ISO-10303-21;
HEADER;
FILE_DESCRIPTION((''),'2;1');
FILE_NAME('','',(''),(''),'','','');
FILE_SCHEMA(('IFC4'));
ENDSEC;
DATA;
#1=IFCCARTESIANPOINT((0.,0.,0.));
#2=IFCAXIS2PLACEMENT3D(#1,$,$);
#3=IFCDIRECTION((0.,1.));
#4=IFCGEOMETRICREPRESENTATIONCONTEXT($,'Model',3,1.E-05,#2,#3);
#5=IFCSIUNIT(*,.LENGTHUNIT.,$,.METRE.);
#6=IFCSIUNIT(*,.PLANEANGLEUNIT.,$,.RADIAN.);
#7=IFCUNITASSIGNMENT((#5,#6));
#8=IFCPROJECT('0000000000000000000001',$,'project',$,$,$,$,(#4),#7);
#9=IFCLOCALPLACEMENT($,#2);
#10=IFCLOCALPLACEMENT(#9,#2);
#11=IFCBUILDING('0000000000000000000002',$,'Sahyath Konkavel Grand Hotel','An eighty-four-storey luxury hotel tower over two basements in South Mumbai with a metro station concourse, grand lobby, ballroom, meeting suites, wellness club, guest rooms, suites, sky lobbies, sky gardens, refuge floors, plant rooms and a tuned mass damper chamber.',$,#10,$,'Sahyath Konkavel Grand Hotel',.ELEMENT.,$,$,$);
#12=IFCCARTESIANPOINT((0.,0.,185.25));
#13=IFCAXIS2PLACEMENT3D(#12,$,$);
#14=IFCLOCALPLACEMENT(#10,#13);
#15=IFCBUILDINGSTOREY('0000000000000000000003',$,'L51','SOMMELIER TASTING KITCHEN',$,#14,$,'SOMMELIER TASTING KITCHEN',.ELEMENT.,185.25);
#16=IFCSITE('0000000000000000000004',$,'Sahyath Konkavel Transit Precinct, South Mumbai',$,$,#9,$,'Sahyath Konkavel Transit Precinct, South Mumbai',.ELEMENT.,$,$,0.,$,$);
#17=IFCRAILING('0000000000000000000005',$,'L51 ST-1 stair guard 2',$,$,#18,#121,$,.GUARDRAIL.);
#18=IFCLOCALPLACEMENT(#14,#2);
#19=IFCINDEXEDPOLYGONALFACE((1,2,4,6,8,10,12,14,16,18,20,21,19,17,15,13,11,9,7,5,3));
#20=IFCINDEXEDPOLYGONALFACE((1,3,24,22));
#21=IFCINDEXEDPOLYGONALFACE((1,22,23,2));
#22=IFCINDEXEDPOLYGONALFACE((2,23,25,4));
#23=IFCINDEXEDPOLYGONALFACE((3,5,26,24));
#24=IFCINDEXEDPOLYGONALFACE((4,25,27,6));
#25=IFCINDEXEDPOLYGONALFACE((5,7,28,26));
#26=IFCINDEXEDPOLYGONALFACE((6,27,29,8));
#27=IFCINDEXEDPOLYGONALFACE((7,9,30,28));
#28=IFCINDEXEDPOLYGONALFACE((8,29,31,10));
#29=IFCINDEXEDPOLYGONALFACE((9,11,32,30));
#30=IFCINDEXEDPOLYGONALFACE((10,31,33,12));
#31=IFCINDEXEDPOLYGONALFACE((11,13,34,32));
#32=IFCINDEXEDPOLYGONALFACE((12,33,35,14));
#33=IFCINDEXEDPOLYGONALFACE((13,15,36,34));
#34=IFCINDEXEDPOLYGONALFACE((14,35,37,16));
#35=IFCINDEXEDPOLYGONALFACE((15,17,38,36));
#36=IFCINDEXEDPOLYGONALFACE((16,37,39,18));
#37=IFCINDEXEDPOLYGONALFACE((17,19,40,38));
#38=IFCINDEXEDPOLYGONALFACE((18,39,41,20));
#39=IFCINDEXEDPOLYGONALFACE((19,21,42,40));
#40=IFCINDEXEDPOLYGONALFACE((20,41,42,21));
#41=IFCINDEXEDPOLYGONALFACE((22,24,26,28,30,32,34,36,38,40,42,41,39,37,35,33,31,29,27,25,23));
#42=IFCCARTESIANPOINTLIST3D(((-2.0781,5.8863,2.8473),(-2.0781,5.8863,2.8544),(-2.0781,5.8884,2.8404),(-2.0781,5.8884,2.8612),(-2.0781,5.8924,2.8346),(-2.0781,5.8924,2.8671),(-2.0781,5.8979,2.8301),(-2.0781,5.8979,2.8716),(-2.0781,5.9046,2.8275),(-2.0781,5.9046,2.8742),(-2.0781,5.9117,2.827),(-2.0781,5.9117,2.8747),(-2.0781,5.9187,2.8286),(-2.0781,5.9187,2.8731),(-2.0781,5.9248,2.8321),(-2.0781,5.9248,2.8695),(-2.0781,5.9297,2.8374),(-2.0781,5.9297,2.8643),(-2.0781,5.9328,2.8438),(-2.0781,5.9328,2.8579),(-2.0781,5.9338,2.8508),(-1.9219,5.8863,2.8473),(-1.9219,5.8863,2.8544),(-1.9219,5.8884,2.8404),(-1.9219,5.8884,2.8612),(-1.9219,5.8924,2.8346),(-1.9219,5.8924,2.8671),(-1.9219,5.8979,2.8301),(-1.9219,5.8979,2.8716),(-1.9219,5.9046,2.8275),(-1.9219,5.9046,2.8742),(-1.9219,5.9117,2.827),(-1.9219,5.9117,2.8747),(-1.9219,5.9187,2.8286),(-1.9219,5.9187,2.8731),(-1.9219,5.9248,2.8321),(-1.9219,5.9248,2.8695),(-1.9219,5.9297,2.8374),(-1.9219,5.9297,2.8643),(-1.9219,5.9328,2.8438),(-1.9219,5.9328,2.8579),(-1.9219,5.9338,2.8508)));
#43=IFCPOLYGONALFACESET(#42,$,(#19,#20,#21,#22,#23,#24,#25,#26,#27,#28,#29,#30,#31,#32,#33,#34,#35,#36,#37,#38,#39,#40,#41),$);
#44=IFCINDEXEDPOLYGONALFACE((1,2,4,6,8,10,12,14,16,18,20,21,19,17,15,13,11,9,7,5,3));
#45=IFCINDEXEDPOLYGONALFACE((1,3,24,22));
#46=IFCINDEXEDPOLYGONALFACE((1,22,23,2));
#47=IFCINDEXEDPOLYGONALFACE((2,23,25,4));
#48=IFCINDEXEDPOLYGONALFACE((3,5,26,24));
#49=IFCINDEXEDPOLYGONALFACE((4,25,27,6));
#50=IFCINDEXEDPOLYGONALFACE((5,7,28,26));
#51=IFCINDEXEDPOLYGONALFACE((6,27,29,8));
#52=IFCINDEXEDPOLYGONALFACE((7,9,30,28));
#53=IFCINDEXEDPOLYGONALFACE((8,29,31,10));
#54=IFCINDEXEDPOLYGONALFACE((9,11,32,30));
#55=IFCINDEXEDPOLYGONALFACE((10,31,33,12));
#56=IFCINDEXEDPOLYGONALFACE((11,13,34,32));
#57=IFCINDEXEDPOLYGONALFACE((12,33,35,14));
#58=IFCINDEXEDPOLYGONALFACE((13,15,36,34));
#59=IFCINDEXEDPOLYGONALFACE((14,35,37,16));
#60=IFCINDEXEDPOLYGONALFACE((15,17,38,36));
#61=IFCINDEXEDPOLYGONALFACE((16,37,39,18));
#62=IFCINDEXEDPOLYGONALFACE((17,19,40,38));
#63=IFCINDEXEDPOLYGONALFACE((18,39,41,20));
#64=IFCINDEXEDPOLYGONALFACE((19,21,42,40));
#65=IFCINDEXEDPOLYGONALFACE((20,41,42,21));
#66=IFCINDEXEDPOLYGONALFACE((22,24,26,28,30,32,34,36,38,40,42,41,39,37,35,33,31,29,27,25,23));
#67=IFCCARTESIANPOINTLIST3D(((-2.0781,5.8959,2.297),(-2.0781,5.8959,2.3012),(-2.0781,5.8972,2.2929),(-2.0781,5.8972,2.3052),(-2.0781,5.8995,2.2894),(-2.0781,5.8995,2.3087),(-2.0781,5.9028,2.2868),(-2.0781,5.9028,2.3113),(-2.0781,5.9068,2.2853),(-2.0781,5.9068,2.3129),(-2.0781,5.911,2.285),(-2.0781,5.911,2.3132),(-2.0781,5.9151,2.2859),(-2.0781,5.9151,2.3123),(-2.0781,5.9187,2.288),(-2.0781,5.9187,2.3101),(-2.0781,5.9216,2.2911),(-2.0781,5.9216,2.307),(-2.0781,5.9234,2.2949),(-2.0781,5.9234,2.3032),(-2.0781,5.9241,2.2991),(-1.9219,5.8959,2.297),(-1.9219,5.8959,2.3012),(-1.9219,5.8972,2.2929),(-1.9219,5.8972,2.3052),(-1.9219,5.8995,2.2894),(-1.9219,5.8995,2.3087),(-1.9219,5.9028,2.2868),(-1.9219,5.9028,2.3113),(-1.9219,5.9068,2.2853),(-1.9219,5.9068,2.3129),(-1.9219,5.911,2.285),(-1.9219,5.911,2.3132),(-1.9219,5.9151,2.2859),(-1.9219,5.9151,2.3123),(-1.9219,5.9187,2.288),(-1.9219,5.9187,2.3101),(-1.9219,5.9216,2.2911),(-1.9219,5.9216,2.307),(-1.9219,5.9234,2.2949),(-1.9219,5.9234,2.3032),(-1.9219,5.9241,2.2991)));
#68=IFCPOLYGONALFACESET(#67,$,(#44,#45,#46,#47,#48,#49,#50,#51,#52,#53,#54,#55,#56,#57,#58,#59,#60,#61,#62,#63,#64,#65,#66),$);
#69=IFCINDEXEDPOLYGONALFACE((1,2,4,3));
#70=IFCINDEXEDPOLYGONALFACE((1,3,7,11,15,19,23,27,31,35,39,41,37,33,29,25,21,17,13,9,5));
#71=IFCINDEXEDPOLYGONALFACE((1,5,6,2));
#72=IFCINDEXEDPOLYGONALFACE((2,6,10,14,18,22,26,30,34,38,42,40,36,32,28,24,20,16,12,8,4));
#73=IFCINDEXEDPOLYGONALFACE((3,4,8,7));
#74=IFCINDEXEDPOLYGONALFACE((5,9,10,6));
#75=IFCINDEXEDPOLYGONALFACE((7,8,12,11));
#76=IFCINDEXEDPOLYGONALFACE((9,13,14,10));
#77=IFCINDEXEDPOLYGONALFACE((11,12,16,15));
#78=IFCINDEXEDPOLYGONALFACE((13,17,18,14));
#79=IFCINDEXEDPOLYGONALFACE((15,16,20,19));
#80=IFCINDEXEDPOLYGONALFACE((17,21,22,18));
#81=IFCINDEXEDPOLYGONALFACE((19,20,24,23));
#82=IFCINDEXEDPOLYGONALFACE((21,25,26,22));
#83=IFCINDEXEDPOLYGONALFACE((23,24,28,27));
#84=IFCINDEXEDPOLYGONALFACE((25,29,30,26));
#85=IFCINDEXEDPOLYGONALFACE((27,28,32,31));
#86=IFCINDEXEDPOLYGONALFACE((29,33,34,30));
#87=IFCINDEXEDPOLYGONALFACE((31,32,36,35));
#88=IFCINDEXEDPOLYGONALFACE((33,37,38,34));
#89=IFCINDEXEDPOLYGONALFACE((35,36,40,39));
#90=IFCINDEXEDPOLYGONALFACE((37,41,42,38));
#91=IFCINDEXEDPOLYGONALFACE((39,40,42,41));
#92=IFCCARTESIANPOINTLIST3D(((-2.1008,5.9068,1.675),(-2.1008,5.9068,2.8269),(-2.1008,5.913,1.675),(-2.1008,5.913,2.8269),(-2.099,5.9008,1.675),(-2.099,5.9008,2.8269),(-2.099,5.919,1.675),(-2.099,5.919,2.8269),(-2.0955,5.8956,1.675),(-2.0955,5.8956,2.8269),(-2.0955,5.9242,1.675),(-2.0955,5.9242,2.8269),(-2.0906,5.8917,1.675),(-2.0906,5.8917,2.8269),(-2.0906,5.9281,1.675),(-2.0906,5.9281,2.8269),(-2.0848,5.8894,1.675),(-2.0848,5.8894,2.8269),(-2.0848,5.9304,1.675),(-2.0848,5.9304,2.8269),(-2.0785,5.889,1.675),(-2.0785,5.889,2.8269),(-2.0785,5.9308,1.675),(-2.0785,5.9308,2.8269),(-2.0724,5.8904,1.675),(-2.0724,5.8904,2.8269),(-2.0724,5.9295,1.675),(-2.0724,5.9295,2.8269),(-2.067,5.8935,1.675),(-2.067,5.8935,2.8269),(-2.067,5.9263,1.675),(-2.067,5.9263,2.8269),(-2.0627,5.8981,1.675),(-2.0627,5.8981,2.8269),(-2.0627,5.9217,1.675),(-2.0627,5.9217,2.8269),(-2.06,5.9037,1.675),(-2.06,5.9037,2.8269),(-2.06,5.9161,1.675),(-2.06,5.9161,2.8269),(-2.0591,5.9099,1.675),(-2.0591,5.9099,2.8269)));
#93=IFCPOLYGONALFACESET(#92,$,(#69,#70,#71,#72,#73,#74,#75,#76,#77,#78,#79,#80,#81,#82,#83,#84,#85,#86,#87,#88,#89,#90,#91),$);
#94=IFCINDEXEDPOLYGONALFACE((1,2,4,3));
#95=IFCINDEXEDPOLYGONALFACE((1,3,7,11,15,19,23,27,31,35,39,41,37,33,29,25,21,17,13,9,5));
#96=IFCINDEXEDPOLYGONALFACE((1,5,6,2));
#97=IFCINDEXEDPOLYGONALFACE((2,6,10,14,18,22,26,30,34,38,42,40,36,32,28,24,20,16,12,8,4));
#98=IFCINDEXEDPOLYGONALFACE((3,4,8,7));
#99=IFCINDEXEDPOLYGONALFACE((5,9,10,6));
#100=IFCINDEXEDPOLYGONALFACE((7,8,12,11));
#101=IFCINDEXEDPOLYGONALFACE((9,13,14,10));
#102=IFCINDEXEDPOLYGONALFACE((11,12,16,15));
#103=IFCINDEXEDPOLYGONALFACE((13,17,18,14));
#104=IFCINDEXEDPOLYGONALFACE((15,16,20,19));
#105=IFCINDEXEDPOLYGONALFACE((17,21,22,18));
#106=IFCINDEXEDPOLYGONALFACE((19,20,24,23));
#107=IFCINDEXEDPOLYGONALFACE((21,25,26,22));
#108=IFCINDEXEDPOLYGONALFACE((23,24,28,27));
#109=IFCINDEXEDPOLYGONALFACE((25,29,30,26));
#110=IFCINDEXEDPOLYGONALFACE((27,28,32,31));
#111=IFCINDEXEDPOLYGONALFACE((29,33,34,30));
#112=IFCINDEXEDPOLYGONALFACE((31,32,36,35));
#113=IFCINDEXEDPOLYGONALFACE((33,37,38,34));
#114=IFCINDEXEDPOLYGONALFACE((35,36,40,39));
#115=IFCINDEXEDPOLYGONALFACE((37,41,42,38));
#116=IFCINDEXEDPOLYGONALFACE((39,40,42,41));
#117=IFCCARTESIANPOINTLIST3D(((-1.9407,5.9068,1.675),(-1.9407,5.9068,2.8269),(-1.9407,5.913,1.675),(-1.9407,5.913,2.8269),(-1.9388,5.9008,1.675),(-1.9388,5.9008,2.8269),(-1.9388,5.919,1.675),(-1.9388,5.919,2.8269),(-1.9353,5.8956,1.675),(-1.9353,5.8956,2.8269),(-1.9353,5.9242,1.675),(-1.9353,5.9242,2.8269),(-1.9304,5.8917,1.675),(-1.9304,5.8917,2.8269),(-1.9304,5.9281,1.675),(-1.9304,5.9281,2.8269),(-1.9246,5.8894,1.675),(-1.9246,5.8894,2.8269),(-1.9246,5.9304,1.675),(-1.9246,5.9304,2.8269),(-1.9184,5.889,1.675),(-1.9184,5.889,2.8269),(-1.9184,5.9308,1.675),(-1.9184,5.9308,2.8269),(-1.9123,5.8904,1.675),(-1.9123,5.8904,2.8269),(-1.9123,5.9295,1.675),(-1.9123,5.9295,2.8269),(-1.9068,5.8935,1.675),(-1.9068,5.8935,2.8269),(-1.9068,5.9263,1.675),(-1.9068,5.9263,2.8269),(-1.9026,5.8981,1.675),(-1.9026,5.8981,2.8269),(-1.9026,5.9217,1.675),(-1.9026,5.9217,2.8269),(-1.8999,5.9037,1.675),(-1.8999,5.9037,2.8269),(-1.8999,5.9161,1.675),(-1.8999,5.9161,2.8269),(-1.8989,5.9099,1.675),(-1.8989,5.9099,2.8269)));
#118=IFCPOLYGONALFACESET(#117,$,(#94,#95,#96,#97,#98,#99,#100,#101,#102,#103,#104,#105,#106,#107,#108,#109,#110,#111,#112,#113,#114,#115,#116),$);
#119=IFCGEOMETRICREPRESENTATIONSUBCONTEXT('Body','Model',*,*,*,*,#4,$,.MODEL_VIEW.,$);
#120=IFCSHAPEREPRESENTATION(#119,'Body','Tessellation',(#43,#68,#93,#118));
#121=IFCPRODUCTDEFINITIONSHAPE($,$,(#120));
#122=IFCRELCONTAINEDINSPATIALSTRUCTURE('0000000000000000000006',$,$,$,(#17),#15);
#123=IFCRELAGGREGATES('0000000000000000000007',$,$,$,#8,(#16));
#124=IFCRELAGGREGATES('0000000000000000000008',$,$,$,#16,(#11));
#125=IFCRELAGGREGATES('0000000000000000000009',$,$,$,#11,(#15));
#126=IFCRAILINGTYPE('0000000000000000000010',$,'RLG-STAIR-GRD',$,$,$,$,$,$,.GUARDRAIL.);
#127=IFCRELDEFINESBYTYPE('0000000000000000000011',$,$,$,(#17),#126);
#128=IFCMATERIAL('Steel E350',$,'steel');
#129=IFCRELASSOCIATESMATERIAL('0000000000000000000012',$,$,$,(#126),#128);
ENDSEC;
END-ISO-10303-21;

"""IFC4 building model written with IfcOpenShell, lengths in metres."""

from ifc_helpers import new_model, si_unit, direction, frame, origin, origin_2d, place, context, subcontext, project, spatial, circle, extrude, material, type_object, element, save


model = new_model("IFC4")

# Units and contexts
model_context = context("Model", 3, precision=1e-05, world=origin(), true_north=direction((0.0, 1.0)))
body_context = subcontext(model_context, "Body", "Model", "MODEL_VIEW")
ifc_project = project(units=[si_unit("LENGTHUNIT", "METRE"), si_unit("PLANEANGLEUNIT", "RADIAN")], contexts=[model_context])

# Site, building, storey
site_placement = place(None, origin())
site = spatial("IfcSite", under=ifc_project, at=site_placement, Name="Sahyath Konkavel Transit Precinct, South Mumbai", LongName="Sahyath Konkavel Transit Precinct, South Mumbai", CompositionType="ELEMENT", RefElevation=0.0)
building_placement = place(site_placement, origin())
building = spatial("IfcBuilding", under=site, at=building_placement, Name="Sahyath Konkavel Grand Hotel", Description="An eighty-four-storey luxury hotel tower over two basements in South Mumbai with a metro station concourse, grand lobby, ballroom, meeting suites, wellness club, guest rooms, suites, sky lobbies, sky gardens, refuge floors, plant rooms and a tuned mass damper chamber.", LongName="Sahyath Konkavel Grand Hotel", CompositionType="ELEMENT")
storey_placement = place(building_placement, frame((0.0, 0.0, 185.25)))
storey = spatial("IfcBuildingStorey", under=building, at=storey_placement, Name="L51", Description="SOMMELIER TASTING KITCHEN", LongName="SOMMELIER TASTING KITCHEN", CompositionType="ELEMENT", Elevation=185.25)

# Shared definitions
ifc_material_1 = material(Name="Steel E350", Category="steel")

# Railing
railing_type_1 = type_object("IfcRailingType", Name="RLG-STAIR-GRD", PredefinedType="GUARDRAIL", material=ifc_material_1)
railing_1_placement = place(storey_placement, frame((-2.0801, 5.9099, 1.675)))
element("IfcRailing", 1, at=railing_1_placement, inside=storey, type_object=railing_type_1, Name="L51 ST-1 stair guard 2", PredefinedType="GUARDRAIL", context=body_context, shape_type="SweptSolid", body=[
    extrude(circle(Radius=0.0239, at=origin_2d()), frame((0.002, 0.0, 1.1758), z_axis=(1.0, 0.0, 0.0), x_axis=(0.0, 1.0, 0.0)), (0.0, 0.0, 1.0), 0.1562),
    extrude(circle(Radius=0.0142, at=origin_2d()), frame((0.002, 0.0, 0.624), z_axis=(1.0, 0.0, 0.0), x_axis=(0.0, 1.0, 0.0)), (0.0, 0.0, 1.0), 0.1562),
    extrude(circle(Radius=0.021, at=origin_2d()), origin(), (0.0, 0.0, 1.0), 1.1519),
    extrude(circle(Radius=0.021, at=origin_2d()), frame((0.1602, 0.0, 0.0)), (0.0, 0.0, 1.0), 1.1519),
])

save(model, "model.ifc")
